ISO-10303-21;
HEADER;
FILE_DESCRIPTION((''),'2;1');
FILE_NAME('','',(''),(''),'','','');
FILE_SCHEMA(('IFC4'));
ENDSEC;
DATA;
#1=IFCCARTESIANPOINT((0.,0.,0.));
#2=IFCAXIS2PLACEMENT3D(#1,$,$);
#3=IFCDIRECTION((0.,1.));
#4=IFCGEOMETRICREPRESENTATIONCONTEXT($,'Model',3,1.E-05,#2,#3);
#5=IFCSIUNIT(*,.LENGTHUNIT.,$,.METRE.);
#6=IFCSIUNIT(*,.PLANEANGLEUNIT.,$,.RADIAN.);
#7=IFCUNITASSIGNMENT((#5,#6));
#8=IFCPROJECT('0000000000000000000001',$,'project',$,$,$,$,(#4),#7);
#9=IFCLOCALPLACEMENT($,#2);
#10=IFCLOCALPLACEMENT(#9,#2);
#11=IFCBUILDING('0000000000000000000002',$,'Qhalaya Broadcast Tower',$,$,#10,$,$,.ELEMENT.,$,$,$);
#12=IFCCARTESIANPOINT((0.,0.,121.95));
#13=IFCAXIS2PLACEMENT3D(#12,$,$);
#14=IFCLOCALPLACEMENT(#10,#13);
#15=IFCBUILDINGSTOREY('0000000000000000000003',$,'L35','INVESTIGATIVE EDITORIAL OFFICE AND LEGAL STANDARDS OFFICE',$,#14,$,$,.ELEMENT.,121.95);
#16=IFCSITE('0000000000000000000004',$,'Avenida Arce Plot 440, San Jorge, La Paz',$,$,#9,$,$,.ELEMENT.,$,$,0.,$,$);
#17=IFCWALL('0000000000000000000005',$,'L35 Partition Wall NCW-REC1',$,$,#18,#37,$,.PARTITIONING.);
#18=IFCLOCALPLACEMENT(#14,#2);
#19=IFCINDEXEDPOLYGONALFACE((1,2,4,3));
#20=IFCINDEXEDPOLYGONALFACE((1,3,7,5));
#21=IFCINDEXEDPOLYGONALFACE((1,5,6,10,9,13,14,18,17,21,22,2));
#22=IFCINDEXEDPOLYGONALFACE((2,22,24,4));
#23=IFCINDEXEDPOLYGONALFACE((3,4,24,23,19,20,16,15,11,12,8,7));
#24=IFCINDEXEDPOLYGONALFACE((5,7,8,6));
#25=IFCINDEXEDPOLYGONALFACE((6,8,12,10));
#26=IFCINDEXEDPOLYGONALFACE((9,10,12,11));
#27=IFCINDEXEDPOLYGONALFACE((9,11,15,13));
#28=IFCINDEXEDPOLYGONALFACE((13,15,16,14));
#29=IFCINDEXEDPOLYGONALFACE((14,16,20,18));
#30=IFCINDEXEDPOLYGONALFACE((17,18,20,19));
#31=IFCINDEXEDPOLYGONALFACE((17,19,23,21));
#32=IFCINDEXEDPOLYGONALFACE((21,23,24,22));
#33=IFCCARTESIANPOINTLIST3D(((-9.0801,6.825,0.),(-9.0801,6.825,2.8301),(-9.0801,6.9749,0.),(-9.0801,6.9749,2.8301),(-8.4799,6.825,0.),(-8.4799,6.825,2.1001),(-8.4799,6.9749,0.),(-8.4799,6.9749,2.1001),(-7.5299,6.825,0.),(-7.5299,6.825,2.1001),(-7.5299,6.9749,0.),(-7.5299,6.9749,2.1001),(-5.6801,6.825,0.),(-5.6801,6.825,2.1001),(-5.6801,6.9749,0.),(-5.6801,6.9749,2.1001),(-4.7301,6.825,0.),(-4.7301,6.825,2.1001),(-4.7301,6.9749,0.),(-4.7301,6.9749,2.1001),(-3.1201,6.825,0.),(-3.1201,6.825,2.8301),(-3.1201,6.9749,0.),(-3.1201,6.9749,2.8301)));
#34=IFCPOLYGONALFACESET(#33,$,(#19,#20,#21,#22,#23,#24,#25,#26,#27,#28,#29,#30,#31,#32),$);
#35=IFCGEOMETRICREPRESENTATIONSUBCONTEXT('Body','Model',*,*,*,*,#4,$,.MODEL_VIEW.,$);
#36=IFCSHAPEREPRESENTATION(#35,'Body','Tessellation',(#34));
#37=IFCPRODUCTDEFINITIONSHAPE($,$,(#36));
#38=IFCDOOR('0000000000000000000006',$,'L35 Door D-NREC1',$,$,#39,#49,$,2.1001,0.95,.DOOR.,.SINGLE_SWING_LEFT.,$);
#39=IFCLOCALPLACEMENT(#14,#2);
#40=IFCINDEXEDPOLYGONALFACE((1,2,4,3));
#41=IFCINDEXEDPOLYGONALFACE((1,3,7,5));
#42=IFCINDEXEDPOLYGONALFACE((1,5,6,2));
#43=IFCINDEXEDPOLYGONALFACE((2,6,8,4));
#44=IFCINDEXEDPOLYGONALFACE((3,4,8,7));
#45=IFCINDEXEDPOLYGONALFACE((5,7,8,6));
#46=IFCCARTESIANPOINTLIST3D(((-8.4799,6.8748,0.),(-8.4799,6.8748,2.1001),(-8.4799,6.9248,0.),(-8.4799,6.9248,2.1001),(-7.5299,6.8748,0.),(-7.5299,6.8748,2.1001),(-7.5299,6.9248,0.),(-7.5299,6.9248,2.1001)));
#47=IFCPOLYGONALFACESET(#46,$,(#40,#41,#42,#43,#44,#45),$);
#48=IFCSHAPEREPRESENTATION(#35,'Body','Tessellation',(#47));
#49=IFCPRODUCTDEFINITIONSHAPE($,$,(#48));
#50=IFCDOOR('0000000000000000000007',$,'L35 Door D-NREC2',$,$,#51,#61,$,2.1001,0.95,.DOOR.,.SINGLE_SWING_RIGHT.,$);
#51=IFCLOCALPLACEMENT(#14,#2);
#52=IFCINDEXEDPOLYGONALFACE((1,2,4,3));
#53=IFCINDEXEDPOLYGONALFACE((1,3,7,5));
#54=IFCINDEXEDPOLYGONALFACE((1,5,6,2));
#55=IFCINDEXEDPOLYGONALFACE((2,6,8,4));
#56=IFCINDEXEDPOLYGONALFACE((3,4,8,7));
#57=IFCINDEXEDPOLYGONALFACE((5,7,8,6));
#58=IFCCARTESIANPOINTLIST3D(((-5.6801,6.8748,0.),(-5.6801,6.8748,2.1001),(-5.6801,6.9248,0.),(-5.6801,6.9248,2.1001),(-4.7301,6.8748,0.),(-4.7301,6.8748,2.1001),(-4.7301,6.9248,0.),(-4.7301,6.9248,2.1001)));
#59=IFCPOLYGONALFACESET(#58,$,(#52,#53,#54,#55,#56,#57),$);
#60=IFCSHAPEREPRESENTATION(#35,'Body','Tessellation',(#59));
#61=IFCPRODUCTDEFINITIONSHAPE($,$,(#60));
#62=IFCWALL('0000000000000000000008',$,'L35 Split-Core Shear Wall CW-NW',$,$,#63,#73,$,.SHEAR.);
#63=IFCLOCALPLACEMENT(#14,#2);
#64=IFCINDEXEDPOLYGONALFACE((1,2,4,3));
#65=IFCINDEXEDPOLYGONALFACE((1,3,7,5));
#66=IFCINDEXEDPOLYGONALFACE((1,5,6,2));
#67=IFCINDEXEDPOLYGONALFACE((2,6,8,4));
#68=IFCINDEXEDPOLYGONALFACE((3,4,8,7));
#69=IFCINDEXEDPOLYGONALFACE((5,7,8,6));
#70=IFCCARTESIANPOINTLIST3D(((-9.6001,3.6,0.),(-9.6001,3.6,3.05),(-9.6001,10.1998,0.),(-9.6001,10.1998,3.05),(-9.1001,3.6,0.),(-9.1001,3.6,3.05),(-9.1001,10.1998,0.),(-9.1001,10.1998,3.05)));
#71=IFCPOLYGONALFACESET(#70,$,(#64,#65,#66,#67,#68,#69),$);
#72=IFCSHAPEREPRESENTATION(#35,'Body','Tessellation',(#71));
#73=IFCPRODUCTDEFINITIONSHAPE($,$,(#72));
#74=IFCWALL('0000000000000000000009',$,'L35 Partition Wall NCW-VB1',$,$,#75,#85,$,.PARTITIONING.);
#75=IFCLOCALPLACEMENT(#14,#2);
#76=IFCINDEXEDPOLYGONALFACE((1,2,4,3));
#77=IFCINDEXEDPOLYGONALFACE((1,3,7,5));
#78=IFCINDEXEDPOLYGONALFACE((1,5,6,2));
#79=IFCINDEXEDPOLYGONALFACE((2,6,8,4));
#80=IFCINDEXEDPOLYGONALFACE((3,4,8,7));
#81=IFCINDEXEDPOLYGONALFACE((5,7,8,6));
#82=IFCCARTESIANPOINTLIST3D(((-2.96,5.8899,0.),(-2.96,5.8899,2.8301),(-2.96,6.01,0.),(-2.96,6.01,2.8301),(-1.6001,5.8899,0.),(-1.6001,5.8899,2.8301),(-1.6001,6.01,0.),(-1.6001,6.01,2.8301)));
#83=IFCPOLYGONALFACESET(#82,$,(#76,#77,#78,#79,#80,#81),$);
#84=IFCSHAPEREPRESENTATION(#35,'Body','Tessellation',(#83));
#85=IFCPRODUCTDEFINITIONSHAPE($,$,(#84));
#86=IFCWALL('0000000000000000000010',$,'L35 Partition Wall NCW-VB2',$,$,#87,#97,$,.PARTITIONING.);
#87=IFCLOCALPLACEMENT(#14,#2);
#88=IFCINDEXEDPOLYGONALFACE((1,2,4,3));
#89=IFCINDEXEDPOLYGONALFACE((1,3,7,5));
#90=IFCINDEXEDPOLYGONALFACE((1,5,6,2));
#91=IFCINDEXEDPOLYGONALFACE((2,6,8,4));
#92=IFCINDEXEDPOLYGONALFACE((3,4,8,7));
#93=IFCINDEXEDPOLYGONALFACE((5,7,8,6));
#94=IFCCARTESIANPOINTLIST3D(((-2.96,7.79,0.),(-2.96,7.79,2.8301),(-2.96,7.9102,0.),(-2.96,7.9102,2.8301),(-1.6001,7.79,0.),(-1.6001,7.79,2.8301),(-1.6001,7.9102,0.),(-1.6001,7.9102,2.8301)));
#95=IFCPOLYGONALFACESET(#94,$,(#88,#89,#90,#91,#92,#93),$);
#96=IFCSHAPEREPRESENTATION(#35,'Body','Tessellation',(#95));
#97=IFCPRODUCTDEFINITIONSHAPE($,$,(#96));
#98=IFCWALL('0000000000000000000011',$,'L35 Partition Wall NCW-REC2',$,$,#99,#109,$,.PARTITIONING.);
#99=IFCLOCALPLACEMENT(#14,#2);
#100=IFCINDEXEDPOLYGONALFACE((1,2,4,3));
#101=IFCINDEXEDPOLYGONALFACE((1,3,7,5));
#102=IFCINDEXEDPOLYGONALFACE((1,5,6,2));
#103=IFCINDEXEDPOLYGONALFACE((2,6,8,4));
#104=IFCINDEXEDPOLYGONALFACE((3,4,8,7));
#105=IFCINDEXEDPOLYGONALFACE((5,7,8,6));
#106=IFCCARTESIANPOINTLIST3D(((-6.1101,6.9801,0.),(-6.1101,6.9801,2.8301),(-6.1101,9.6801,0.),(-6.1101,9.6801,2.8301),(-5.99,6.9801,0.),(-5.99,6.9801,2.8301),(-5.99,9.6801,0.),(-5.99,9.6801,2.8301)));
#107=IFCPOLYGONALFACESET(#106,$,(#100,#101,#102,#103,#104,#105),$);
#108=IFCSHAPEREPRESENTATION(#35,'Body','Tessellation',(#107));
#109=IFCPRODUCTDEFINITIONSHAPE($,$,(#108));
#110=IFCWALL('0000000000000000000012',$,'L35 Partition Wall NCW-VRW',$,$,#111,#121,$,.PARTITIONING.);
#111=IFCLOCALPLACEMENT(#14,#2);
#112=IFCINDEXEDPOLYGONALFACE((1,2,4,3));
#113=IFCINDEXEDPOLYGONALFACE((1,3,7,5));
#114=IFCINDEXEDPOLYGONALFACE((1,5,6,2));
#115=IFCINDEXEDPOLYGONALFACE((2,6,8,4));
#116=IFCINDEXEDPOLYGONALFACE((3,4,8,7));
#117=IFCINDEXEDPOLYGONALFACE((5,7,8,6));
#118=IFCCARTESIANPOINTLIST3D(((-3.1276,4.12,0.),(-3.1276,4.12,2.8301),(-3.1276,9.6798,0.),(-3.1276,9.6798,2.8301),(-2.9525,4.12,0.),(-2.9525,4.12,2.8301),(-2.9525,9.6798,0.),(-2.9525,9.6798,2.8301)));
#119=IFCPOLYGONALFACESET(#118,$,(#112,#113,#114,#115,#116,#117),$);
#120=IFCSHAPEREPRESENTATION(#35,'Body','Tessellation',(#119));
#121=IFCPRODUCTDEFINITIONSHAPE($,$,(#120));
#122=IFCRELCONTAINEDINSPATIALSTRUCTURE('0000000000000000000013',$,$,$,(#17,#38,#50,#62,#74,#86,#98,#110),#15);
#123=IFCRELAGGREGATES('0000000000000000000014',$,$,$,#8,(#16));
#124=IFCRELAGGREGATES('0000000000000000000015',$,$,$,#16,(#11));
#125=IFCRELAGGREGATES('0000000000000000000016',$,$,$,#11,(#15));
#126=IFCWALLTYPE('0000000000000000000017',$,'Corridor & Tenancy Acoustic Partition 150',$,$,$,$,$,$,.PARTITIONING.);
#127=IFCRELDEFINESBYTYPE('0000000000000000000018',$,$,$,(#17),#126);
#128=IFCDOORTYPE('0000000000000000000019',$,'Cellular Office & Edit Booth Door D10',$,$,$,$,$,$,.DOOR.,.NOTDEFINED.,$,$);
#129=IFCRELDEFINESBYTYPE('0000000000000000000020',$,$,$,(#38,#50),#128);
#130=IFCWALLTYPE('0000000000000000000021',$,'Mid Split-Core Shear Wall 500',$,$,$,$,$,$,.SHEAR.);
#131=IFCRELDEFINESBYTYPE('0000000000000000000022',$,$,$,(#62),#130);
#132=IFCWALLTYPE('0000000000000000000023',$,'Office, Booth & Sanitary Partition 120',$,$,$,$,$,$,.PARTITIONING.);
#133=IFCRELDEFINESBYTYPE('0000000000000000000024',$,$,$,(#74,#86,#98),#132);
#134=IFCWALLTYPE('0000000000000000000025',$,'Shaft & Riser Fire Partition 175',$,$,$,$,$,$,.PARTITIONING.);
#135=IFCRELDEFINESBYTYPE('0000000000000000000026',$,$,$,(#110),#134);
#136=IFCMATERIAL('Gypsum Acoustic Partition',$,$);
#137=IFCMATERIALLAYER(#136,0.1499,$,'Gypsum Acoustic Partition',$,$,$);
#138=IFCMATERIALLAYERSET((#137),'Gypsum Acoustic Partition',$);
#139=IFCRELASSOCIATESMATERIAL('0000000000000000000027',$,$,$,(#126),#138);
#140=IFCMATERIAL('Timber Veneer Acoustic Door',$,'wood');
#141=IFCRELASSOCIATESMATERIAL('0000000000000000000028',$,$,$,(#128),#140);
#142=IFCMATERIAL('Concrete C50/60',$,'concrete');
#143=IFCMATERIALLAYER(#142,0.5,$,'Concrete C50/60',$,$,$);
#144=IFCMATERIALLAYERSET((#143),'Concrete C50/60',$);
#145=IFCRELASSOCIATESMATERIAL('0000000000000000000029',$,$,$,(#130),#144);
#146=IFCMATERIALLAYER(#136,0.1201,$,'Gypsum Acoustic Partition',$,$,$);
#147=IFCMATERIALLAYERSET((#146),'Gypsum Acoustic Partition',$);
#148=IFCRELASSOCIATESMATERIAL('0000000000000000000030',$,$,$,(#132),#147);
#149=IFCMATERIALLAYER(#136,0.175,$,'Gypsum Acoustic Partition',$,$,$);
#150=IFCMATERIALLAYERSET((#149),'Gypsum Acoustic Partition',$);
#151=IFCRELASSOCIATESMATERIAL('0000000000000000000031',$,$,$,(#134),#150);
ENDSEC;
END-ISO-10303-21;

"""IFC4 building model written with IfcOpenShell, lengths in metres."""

from ifc_helpers import new_model, si_unit, direction, frame, frame_2d, origin, place, context, subcontext, project, spatial, rectangle, extrude, material, layer, layer_set, type_object, element, fill, save


model = new_model("IFC4")

# Units and contexts
model_context = context("Model", 3, precision=1e-05, world=origin(), true_north=direction((0.0, 1.0)))
body_context = subcontext(model_context, "Body", "Model", "MODEL_VIEW")
ifc_project = project(units=[si_unit("LENGTHUNIT", "METRE"), si_unit("PLANEANGLEUNIT", "RADIAN")], contexts=[model_context])

# Site, building, storey
site_placement = place(None, origin())
site = spatial("IfcSite", under=ifc_project, at=site_placement, Name="Avenida Arce Plot 440, San Jorge, La Paz", CompositionType="ELEMENT", RefElevation=0.0)
building_placement = place(site_placement, origin())
building = spatial("IfcBuilding", under=site, at=building_placement, Name="Qhalaya Broadcast Tower", CompositionType="ELEMENT")
storey_placement = place(building_placement, frame((0.0, 0.0, 121.95)))
storey = spatial("IfcBuildingStorey", under=building, at=storey_placement, Name="L35", Description="INVESTIGATIVE EDITORIAL OFFICE AND LEGAL STANDARDS OFFICE", CompositionType="ELEMENT", Elevation=121.95)

# Shared definitions
ifc_material_1 = material(Name="Concrete C50/60", Category="concrete")

# Wall, openings, doors
ifc_material_2 = material(Name="Gypsum Acoustic Partition")
ifc_layer_1 = layer(ifc_material_2, 0.1499, Name="Gypsum Acoustic Partition")
ifc_layer_set_1 = layer_set([ifc_layer_1], Name="Gypsum Acoustic Partition")
wall_type_1 = type_object("IfcWallType", Name="Corridor & Tenancy Acoustic Partition 150", PredefinedType="PARTITIONING", material=ifc_layer_set_1)
ifc_material_3 = material(Name="Timber Veneer Acoustic Door", Category="wood")
wall_1_placement = place(storey_placement, frame((-9.0801, 6.8999, 0.0), z_axis=(0.0, 0.0, 1.0), x_axis=(1.0, 0.0, 0.0)))
wall_1 = element("IfcWall", 1, at=wall_1_placement, inside=storey, type_object=wall_type_1, Name="L35 Partition Wall NCW-REC1", PredefinedType="PARTITIONING", context=body_context, shape_type="SweptSolid", body=[
    extrude(rectangle(XDim=5.96, YDim=0.1499, at=frame_2d((2.98, 0.0))), origin(), (0.0, 0.0, 1.0), 2.8301),
])
opening_1_placement = place(wall_1_placement, frame((0.6001, 0.0, 0.0)))
opening_1 = element("IfcOpeningElement", 2, at=opening_1_placement, cuts=wall_1, PredefinedType="OPENING", context=body_context, shape_type="SweptSolid", body=[
    extrude(rectangle(XDim=0.95, YDim=2.1001, at=frame_2d((0.4751, 1.05))), frame((0.0, 0.0869, 0.0), z_axis=(0.0, -1.0, 0.0), x_axis=(1.0, 0.0, 0.0)), (0.0, 0.0, 1.0), 0.1738),
])
opening_2_placement = place(wall_1_placement, frame((3.3999, 0.0, 0.0)))
opening_2 = element("IfcOpeningElement", 3, at=opening_2_placement, cuts=wall_1, PredefinedType="OPENING", context=body_context, shape_type="SweptSolid", body=[
    extrude(rectangle(XDim=0.95, YDim=2.1001, at=frame_2d((0.4751, 1.05))), frame((0.0, 0.0869, 0.0), z_axis=(0.0, -1.0, 0.0), x_axis=(1.0, 0.0, 0.0)), (0.0, 0.0, 1.0), 0.1738),
])
door_type_1 = type_object("IfcDoorType", Name="Cellular Office & Edit Booth Door D10", OperationType="NOTDEFINED", PredefinedType="DOOR", material=ifc_material_3)
door_1_placement = place(opening_1_placement, origin())
door_1 = element("IfcDoor", 4, at=door_1_placement, inside=storey, type_object=door_type_1, Name="L35 Door D-NREC1", OperationType="SINGLE_SWING_LEFT", OverallHeight=2.1001, OverallWidth=0.95, PredefinedType="DOOR", context=body_context, shape_type="SweptSolid", body=[
    extrude(rectangle(XDim=0.95, YDim=2.1001, at=frame_2d((0.4751, 1.05))), frame((0.0, 0.0249, 0.0), z_axis=(0.0, -1.0, 0.0), x_axis=(1.0, 0.0, 0.0)), (0.0, 0.0, 1.0), 0.05),
])
fill(opening_1, door_1)
door_2_placement = place(opening_2_placement, origin())
door_2 = element("IfcDoor", 5, at=door_2_placement, inside=storey, type_object=door_type_1, Name="L35 Door D-NREC2", OperationType="SINGLE_SWING_RIGHT", OverallHeight=2.1001, OverallWidth=0.95, PredefinedType="DOOR", context=body_context, shape_type="SweptSolid", body=[
    extrude(rectangle(XDim=0.95, YDim=2.1001, at=frame_2d((0.4751, 1.05))), frame((0.0, 0.0249, 0.0), z_axis=(0.0, -1.0, 0.0), x_axis=(1.0, 0.0, 0.0)), (0.0, 0.0, 1.0), 0.05),
])
fill(opening_2, door_2)

# Walls
ifc_layer_2 = layer(ifc_material_1, 0.5, Name="Concrete C50/60")
ifc_layer_set_2 = layer_set([ifc_layer_2], Name="Concrete C50/60")
wall_type_2 = type_object("IfcWallType", Name="Mid Split-Core Shear Wall 500", PredefinedType="SHEAR", material=ifc_layer_set_2)
wall_2_placement = place(storey_placement, frame((-9.3501, 3.6001, 0.0), z_axis=(0.0, 0.0, 1.0), x_axis=(0.0, 1.0, 0.0)))
element("IfcWall", 6, at=wall_2_placement, inside=storey, type_object=wall_type_2, Name="L35 Split-Core Shear Wall CW-NW", PredefinedType="SHEAR", context=body_context, shape_type="SweptSolid", body=[
    extrude(rectangle(XDim=6.5999, YDim=0.5, at=frame_2d((3.2998, 0.0))), origin(), (0.0, 0.0, 1.0), 3.05),
])
ifc_layer_3 = layer(ifc_material_2, 0.1201, Name="Gypsum Acoustic Partition")
ifc_layer_set_3 = layer_set([ifc_layer_3], Name="Gypsum Acoustic Partition")
wall_type_3 = type_object("IfcWallType", Name="Office, Booth & Sanitary Partition 120", PredefinedType="PARTITIONING", material=ifc_layer_set_3)
for number, where, z_axis, x_axis, name in (
    (7, (-2.96, 5.95, 0.0), (0.0, 0.0, 1.0), (1.0, 0.0, 0.0), "L35 Partition Wall NCW-VB1"),
    (8, (-2.96, 7.8501, 0.0), (0.0, 0.0, 1.0), (1.0, 0.0, 0.0), "L35 Partition Wall NCW-VB2"),
):
    element("IfcWall", number, at=place(storey_placement, frame(where, z_axis=z_axis, x_axis=x_axis)), inside=storey, type_object=wall_type_3, Name=name, PredefinedType="PARTITIONING", context=body_context, shape_type="SweptSolid", body=[
        extrude(rectangle(XDim=1.3599, YDim=0.1201, at=frame_2d((0.6799, 0.0))), origin(), (0.0, 0.0, 1.0), 2.8301),
    ])
wall_3_placement = place(storey_placement, frame((-6.05, 6.98, 0.0), z_axis=(0.0, 0.0, 1.0), x_axis=(0.0, 1.0, 0.0)))
element("IfcWall", 9, at=wall_3_placement, inside=storey, type_object=wall_type_3, Name="L35 Partition Wall NCW-REC2", PredefinedType="PARTITIONING", context=body_context, shape_type="SweptSolid", body=[
    extrude(rectangle(XDim=2.7, YDim=0.1201, at=frame_2d((1.3501, 0.0))), origin(), (0.0, 0.0, 1.0), 2.8301),
])

# Shared definitions
ifc_layer_4 = layer(ifc_material_2, 0.175, Name="Gypsum Acoustic Partition")
ifc_layer_set_4 = layer_set([ifc_layer_4], Name="Gypsum Acoustic Partition")
wall_type_4 = type_object("IfcWallType", Name="Shaft & Riser Fire Partition 175", PredefinedType="PARTITIONING", material=ifc_layer_set_4)

# Wall
wall_4_placement = place(storey_placement, frame((-3.04, 4.1201, 0.0), z_axis=(0.0, 0.0, 1.0), x_axis=(0.0, 1.0, 0.0)))
element("IfcWall", 10, at=wall_4_placement, inside=storey, type_object=wall_type_4, Name="L35 Partition Wall NCW-VRW", PredefinedType="PARTITIONING", context=body_context, shape_type="SweptSolid", body=[
    extrude(rectangle(XDim=5.5598, YDim=0.175, at=frame_2d((2.7798, 0.0))), origin(), (0.0, 0.0, 1.0), 2.8301),
])

save(model, "model.ifc")
